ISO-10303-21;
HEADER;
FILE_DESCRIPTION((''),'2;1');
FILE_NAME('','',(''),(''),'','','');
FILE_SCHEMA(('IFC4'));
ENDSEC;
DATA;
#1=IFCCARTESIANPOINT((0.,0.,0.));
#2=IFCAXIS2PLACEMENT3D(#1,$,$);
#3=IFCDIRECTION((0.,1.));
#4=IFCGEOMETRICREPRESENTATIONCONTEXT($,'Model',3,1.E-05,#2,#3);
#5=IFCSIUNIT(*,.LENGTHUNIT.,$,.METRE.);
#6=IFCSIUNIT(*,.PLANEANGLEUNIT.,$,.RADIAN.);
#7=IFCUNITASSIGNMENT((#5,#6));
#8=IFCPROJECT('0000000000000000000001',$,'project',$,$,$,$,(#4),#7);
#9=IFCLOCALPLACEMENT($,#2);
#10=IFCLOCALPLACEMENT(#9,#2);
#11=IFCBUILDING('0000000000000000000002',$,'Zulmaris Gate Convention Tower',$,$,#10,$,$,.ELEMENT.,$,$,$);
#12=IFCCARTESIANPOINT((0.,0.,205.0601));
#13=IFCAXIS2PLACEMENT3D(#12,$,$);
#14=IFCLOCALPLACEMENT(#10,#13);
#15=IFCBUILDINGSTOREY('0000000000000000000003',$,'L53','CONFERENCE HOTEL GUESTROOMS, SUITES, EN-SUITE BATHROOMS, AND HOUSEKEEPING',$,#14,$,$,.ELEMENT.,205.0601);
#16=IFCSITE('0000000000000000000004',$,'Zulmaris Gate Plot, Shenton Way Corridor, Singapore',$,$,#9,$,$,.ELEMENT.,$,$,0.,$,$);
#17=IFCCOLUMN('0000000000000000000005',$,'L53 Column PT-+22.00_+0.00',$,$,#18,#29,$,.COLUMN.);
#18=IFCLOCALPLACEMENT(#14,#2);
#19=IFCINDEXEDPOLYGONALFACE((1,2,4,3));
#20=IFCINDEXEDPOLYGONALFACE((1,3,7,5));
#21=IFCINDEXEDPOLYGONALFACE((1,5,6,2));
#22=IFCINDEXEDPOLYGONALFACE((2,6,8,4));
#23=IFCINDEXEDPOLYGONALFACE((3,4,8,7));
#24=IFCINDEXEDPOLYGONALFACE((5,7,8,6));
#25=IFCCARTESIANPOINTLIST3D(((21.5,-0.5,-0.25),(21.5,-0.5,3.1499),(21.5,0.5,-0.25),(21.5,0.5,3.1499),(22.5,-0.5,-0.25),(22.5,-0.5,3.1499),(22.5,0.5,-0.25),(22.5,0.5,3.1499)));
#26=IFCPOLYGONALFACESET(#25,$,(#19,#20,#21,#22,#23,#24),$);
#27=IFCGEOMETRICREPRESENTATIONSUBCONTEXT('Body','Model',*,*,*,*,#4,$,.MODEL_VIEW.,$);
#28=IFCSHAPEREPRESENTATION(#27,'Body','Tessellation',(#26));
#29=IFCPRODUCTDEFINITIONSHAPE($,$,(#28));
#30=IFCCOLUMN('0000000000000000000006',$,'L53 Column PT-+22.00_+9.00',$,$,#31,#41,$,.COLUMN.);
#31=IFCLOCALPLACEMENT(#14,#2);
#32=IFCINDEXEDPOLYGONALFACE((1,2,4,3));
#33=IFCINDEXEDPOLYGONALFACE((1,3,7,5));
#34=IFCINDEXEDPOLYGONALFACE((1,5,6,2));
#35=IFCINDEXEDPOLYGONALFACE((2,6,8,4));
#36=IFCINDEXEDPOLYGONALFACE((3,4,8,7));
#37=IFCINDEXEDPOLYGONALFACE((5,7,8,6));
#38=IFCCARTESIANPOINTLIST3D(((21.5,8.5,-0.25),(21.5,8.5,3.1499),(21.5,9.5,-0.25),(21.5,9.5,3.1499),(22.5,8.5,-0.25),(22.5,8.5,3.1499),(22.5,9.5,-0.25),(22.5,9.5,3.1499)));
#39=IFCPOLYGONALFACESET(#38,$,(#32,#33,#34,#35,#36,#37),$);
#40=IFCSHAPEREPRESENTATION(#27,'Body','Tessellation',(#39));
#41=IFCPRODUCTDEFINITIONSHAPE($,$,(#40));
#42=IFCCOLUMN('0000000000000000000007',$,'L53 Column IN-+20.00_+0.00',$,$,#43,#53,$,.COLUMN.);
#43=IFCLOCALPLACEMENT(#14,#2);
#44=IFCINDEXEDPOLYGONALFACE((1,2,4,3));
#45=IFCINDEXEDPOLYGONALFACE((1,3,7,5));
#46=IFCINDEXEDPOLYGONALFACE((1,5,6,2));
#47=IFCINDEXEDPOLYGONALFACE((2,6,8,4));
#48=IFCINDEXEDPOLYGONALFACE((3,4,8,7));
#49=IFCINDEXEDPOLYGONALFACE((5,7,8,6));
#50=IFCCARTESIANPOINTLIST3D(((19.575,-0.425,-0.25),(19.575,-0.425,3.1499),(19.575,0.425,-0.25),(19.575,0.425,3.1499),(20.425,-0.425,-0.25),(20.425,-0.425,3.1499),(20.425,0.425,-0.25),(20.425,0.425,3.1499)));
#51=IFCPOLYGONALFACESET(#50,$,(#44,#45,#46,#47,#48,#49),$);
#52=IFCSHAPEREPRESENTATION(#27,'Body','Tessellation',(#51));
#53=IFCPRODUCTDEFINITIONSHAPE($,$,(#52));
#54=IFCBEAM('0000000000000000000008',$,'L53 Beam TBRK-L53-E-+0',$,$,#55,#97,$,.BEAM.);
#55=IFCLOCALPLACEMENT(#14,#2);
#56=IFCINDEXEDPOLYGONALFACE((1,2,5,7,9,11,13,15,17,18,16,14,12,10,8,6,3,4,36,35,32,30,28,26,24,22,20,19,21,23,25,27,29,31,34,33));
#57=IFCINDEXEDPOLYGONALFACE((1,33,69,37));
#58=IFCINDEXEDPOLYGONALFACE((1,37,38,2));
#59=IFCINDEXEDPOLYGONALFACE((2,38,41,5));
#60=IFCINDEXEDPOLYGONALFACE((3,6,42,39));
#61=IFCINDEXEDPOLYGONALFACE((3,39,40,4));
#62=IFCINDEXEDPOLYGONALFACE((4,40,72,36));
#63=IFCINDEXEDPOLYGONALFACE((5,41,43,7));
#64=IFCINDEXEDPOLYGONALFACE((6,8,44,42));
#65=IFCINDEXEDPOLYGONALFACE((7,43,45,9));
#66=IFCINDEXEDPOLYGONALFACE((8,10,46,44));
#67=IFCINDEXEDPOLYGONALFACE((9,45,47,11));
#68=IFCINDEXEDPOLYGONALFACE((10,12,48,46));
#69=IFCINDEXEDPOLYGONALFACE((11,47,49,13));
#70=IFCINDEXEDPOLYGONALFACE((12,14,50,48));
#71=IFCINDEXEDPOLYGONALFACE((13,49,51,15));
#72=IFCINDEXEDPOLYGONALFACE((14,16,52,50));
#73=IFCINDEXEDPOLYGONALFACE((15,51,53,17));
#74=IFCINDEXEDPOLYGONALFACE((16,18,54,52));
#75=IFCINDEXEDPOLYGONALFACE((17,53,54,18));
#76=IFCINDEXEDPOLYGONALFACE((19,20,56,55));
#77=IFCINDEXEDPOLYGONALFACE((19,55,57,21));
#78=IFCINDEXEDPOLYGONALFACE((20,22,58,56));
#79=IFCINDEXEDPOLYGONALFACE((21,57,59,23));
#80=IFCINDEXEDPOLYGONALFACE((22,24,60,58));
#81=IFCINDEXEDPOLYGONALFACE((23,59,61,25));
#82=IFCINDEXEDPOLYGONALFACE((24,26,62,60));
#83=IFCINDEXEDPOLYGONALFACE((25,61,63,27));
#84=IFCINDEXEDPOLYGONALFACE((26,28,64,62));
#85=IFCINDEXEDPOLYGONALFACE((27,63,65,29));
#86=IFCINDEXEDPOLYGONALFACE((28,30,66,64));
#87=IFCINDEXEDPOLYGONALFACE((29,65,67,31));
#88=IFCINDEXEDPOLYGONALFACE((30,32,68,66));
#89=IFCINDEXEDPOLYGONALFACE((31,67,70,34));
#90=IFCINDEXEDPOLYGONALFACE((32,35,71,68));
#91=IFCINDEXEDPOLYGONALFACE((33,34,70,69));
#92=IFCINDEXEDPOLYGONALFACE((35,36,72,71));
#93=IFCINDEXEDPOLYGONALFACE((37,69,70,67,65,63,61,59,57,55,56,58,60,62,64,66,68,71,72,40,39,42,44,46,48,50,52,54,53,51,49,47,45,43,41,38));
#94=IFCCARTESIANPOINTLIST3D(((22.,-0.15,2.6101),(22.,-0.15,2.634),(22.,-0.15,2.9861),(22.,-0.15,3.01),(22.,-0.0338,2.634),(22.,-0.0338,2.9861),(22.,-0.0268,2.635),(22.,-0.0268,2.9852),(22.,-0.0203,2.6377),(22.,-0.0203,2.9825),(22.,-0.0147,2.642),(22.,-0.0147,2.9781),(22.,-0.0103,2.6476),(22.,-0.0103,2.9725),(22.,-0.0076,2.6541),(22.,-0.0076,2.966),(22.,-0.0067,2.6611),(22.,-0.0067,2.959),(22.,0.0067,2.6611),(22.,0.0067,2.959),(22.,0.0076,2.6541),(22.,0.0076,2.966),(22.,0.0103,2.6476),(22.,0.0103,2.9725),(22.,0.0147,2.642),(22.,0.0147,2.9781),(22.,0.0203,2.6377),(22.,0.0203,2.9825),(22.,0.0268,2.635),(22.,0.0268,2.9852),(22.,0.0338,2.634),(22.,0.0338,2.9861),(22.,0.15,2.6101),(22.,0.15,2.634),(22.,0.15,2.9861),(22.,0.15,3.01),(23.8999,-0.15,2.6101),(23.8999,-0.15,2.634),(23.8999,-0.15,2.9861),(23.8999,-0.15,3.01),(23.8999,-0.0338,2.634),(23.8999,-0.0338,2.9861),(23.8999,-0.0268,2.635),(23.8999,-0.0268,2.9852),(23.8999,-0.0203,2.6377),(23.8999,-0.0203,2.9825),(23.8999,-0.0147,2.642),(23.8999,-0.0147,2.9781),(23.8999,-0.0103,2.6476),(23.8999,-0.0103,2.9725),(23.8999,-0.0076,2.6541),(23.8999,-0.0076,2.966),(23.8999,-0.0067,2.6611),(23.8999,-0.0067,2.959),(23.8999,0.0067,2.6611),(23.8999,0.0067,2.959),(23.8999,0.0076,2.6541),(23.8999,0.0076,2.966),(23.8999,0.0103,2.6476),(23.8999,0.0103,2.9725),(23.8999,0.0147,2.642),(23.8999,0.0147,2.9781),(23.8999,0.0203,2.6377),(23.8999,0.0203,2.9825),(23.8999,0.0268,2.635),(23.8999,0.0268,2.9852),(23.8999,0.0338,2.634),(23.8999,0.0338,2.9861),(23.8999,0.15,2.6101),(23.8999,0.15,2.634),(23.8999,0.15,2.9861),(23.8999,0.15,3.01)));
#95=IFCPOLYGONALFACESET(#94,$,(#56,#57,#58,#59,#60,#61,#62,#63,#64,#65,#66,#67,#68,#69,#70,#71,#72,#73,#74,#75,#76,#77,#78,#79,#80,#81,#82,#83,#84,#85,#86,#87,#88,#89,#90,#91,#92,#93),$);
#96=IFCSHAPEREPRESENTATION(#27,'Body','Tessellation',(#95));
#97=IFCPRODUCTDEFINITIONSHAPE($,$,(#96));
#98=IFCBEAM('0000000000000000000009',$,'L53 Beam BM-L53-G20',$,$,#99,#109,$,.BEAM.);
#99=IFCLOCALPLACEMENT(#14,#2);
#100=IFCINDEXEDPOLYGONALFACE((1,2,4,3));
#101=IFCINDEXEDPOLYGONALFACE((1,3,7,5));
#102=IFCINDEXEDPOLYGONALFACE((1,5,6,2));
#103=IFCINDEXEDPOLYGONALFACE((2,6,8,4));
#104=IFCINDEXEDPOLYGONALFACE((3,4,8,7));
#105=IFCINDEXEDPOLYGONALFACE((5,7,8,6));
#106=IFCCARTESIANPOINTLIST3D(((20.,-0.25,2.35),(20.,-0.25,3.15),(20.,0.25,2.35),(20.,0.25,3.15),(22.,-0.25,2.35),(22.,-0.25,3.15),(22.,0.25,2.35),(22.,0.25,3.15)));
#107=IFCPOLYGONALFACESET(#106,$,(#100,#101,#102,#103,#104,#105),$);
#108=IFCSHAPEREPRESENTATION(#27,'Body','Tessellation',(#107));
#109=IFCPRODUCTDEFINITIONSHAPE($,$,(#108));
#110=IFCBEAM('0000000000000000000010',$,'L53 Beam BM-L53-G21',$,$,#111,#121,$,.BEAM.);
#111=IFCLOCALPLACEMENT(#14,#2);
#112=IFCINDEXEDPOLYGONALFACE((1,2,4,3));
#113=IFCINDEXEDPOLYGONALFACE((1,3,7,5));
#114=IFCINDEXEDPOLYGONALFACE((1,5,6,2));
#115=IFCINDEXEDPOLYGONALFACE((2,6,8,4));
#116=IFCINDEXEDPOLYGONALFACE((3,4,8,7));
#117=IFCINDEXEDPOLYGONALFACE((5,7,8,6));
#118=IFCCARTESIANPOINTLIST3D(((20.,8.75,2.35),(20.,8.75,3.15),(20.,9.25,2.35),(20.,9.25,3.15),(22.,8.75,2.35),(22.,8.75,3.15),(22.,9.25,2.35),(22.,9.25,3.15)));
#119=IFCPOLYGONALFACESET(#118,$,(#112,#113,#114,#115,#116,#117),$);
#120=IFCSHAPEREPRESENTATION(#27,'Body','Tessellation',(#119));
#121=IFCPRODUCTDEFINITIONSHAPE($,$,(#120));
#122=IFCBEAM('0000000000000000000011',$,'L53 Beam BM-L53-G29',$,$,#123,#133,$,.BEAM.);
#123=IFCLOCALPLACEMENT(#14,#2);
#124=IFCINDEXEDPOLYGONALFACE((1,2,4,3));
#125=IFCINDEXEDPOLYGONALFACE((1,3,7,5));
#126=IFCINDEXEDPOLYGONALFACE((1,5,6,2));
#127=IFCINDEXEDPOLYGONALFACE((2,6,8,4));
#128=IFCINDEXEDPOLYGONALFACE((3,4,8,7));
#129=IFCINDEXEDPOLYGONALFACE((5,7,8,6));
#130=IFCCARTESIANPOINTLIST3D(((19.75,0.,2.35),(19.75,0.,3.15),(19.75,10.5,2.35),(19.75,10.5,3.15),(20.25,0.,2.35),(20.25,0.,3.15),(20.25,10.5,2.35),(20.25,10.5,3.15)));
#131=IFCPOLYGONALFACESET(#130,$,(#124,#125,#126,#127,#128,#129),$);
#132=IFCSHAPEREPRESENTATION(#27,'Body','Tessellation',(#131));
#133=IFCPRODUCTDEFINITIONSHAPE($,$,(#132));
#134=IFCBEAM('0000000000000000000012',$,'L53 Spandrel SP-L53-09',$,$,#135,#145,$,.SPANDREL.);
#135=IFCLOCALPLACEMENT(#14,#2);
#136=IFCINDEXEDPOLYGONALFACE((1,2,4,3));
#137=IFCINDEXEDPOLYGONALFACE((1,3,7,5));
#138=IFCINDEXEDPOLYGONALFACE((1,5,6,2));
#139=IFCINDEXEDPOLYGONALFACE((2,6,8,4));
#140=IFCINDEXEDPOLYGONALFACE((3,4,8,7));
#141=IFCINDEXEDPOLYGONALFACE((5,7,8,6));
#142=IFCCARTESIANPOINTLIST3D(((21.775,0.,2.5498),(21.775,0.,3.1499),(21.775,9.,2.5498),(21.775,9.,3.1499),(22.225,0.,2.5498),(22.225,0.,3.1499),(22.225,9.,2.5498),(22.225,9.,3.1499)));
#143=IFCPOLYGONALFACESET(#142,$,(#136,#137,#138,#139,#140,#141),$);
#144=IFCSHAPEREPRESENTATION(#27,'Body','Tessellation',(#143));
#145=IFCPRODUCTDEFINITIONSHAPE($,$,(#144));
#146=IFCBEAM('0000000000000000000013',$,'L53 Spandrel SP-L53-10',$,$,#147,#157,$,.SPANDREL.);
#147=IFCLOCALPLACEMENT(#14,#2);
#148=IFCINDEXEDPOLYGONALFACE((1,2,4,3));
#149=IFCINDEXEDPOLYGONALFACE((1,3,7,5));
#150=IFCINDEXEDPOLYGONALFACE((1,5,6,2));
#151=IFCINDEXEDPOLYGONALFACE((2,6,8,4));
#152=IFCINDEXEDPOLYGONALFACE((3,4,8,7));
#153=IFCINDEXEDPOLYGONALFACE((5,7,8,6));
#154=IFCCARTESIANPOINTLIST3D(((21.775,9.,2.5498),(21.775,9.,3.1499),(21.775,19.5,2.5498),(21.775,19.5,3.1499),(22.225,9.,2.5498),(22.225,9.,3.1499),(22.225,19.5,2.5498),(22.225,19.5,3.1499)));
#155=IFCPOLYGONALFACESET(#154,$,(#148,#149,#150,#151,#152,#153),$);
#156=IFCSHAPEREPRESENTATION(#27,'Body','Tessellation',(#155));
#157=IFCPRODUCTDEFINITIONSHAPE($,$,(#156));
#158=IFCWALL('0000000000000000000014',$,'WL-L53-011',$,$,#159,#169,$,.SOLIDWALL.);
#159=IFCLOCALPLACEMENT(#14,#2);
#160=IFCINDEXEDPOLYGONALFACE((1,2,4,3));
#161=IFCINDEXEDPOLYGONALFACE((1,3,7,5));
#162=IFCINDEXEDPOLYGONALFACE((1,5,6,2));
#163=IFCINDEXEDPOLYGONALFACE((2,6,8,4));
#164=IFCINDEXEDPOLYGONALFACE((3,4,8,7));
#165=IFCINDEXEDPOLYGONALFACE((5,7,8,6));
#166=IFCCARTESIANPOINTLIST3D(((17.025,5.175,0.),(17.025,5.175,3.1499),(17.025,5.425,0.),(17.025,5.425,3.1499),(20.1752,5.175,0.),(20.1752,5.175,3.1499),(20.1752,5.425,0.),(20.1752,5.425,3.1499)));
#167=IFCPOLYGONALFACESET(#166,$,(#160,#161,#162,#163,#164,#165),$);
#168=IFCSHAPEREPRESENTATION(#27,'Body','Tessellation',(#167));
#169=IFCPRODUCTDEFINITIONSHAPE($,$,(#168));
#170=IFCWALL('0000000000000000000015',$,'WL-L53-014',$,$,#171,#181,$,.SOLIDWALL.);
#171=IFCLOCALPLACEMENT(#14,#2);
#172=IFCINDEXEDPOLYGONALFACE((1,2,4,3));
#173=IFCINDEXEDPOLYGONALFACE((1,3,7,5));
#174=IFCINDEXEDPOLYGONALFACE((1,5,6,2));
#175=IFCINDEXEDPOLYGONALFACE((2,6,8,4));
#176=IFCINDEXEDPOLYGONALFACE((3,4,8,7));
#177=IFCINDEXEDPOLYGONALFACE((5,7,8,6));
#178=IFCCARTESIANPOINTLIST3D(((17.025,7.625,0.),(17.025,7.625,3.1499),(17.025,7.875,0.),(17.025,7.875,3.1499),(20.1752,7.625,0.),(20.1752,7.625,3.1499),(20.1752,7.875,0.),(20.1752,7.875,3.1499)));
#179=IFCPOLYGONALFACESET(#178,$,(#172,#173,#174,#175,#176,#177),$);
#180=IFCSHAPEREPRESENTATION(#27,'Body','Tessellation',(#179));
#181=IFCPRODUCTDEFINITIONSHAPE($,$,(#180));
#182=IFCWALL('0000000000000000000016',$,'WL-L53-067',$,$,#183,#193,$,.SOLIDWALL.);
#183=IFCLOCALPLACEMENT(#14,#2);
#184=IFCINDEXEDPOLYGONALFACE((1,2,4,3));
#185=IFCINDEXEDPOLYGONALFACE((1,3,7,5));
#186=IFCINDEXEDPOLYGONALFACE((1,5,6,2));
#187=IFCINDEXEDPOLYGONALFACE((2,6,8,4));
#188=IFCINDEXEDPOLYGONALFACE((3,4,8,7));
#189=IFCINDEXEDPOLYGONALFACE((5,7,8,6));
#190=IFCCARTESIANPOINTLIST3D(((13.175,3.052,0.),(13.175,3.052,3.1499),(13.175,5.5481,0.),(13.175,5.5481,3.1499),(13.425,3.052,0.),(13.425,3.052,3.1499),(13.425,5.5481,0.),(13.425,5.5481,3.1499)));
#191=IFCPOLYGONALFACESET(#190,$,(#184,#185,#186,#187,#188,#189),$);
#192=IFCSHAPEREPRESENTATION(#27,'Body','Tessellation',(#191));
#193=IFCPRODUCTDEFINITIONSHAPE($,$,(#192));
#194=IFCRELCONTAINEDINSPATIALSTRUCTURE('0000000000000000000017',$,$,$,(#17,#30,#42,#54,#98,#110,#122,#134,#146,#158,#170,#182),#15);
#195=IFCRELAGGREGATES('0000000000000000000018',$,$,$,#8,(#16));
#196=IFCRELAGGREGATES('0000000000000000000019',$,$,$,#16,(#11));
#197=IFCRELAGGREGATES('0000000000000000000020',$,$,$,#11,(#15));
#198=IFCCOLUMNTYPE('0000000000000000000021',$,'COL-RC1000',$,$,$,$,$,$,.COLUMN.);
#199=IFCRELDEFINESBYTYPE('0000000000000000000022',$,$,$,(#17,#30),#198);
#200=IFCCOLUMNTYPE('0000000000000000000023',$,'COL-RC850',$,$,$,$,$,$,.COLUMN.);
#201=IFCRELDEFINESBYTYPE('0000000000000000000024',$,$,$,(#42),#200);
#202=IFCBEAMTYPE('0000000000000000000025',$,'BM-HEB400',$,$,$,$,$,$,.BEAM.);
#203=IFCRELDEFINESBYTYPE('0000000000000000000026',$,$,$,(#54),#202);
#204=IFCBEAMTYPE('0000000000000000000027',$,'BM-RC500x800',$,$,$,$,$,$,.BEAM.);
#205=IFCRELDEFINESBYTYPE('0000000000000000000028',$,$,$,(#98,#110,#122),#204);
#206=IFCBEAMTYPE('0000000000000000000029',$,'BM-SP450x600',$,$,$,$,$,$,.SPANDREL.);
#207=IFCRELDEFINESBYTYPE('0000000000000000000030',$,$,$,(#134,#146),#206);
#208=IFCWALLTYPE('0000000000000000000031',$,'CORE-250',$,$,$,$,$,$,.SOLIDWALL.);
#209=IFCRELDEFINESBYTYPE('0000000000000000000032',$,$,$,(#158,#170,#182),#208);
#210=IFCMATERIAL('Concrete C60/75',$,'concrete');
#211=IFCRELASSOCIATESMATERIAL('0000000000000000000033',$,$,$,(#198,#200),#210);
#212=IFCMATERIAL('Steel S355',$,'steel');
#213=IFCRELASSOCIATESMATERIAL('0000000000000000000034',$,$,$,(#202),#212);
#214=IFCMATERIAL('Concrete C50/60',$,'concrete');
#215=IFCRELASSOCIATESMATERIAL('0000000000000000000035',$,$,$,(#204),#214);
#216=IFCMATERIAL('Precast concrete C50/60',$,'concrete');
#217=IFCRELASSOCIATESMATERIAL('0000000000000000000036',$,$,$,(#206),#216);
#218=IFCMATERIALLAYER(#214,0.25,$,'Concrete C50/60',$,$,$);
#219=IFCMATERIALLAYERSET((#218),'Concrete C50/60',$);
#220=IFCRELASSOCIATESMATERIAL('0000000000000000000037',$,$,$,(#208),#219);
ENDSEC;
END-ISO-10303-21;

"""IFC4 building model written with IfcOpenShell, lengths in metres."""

from ifc_helpers import new_model, si_unit, direction, frame, frame_2d, origin, origin_2d, place, context, subcontext, project, spatial, rectangle, i_section, extrude, material, layer, layer_set, material_profile, profile_set, type_object, element, save


model = new_model("IFC4")

# Units and contexts
model_context = context("Model", 3, precision=1e-05, world=origin(), true_north=direction((0.0, 1.0)))
body_context = subcontext(model_context, "Body", "Model", "MODEL_VIEW")
ifc_project = project(units=[si_unit("LENGTHUNIT", "METRE"), si_unit("PLANEANGLEUNIT", "RADIAN")], contexts=[model_context])

# Site, building, storey
site_placement = place(None, origin())
site = spatial("IfcSite", under=ifc_project, at=site_placement, Name="Zulmaris Gate Plot, Shenton Way Corridor, Singapore", CompositionType="ELEMENT", RefElevation=0.0)
building_placement = place(site_placement, origin())
building = spatial("IfcBuilding", under=site, at=building_placement, Name="Zulmaris Gate Convention Tower", CompositionType="ELEMENT")
storey_placement = place(building_placement, frame((0.0, 0.0, 205.0601)))
storey = spatial("IfcBuildingStorey", under=building, at=storey_placement, Name="L53", Description="CONFERENCE HOTEL GUESTROOMS, SUITES, EN-SUITE BATHROOMS, AND HOUSEKEEPING", CompositionType="ELEMENT", Elevation=205.0601)

# Columns
ifc_material_1 = material(Name="Concrete C60/75", Category="concrete")
ifc_material_profile_1 = material_profile(ifc_material_1, rectangle(XDim=1.0, YDim=1.0, at=origin_2d()), Name="RC COL 1000x1000")
ifc_profile_set_1 = profile_set([ifc_material_profile_1], Name="Concrete C60/75")
column_type_1 = type_object("IfcColumnType", Name="COL-RC1000", PredefinedType="COLUMN", material=ifc_profile_set_1)
for number, where, z_axis, x_axis, name in (
    (1, (22.0, 0.0, -0.25), (0.0, 0.0, 1.0), (1.0, 0.0, 0.0), "L53 Column PT-+22.00_+0.00"),
    (2, (22.0, 9.0, -0.25), (0.0, 0.0, 1.0), (1.0, 0.0, 0.0), "L53 Column PT-+22.00_+9.00"),
):
    element("IfcColumn", number, at=place(storey_placement, frame(where, z_axis=z_axis, x_axis=x_axis)), inside=storey, type_object=column_type_1, Name=name, PredefinedType="COLUMN", context=body_context, shape_type="SweptSolid", body=[
        extrude(rectangle(XDim=1.0, YDim=1.0, at=origin_2d()), origin(), (0.0, 0.0, 1.0), 3.3999),
    ])
ifc_material_profile_2 = material_profile(ifc_material_1, rectangle(XDim=0.8501, YDim=0.8501, at=origin_2d()), Name="RC COL 850x850")
ifc_profile_set_2 = profile_set([ifc_material_profile_2], Name="Concrete C60/75")
column_type_2 = type_object("IfcColumnType", Name="COL-RC850", PredefinedType="COLUMN", material=ifc_profile_set_2)
column_placement = place(storey_placement, frame((20.0, 0.0, -0.25), z_axis=(0.0, 0.0, 1.0), x_axis=(1.0, 0.0, 0.0)))
element("IfcColumn", 3, at=column_placement, inside=storey, type_object=column_type_2, Name="L53 Column IN-+20.00_+0.00", PredefinedType="COLUMN", context=body_context, shape_type="SweptSolid", body=[
    extrude(rectangle(XDim=0.8501, YDim=0.8501, at=origin_2d()), origin(), (0.0, 0.0, 1.0), 3.3999),
])

# Beams
ifc_material_2 = material(Name="Steel S355", Category="steel")
ifc_material_profile_3 = material_profile(ifc_material_2, i_section(OverallWidth=0.3, OverallDepth=0.3999, WebThickness=0.0134, FlangeThickness=0.0239, FilletRadius=0.0271, at=origin_2d()), Name="HEB 400")
ifc_profile_set_3 = profile_set([ifc_material_profile_3], Name="Steel S355")
beam_type_1 = type_object("IfcBeamType", Name="BM-HEB400", PredefinedType="BEAM", material=ifc_profile_set_3)
beam_1_placement = place(storey_placement, frame((22.0, 0.0, 2.8101), z_axis=(1.0, 0.0, 0.0), x_axis=(0.0, 1.0, 0.0)))
element("IfcBeam", 4, at=beam_1_placement, inside=storey, type_object=beam_type_1, Name="L53 Beam TBRK-L53-E-+0", PredefinedType="BEAM", context=body_context, shape_type="SweptSolid", body=[
    extrude(i_section(OverallWidth=0.3, OverallDepth=0.3999, WebThickness=0.0134, FlangeThickness=0.0239, FilletRadius=0.0271, at=origin_2d()), origin(), (0.0, 0.0, 1.0), 1.8999),
])
ifc_material_3 = material(Name="Concrete C50/60", Category="concrete")
ifc_material_profile_4 = material_profile(ifc_material_3, rectangle(XDim=0.5, YDim=0.8, at=origin_2d()), Name="RC BEAM 500x800")
ifc_profile_set_4 = profile_set([ifc_material_profile_4], Name="Concrete C50/60")
beam_type_2 = type_object("IfcBeamType", Name="BM-RC500x800", PredefinedType="BEAM", material=ifc_profile_set_4)
for number, where, z_axis, x_axis, name in (
    (5, (20.0, 0.0, 2.75), (1.0, 0.0, 0.0), (0.0, 1.0, 0.0), "L53 Beam BM-L53-G20"),
    (6, (20.0, 9.0, 2.75), (1.0, 0.0, 0.0), (0.0, 1.0, 0.0), "L53 Beam BM-L53-G21"),
):
    element("IfcBeam", number, at=place(storey_placement, frame(where, z_axis=z_axis, x_axis=x_axis)), inside=storey, type_object=beam_type_2, Name=name, PredefinedType="BEAM", context=body_context, shape_type="SweptSolid", body=[
        extrude(rectangle(XDim=0.5, YDim=0.8, at=origin_2d()), origin(), (0.0, 0.0, 1.0), 2.0),
    ])
beam_2_placement = place(storey_placement, frame((20.0, 0.0, 2.75), z_axis=(0.0, 1.0, 0.0), x_axis=(-1.0, 0.0, 0.0)))
element("IfcBeam", 7, at=beam_2_placement, inside=storey, type_object=beam_type_2, Name="L53 Beam BM-L53-G29", PredefinedType="BEAM", context=body_context, shape_type="SweptSolid", body=[
    extrude(rectangle(XDim=0.5, YDim=0.8, at=origin_2d()), origin(), (0.0, 0.0, 1.0), 10.5),
])
ifc_material_4 = material(Name="Precast concrete C50/60", Category="concrete")
ifc_material_profile_5 = material_profile(ifc_material_4, rectangle(XDim=0.45, YDim=0.6001, at=origin_2d()), Name="RC SPANDREL 450x600")
ifc_profile_set_5 = profile_set([ifc_material_profile_5], Name="Precast concrete C50/60")
beam_type_3 = type_object("IfcBeamType", Name="BM-SP450x600", PredefinedType="SPANDREL", material=ifc_profile_set_5)
beam_3_placement = place(storey_placement, frame((22.0, 0.0, 2.8499), z_axis=(0.0, 1.0, 0.0), x_axis=(-1.0, 0.0, 0.0)))
element("IfcBeam", 8, at=beam_3_placement, inside=storey, type_object=beam_type_3, Name="L53 Spandrel SP-L53-09", PredefinedType="SPANDREL", context=body_context, shape_type="SweptSolid", body=[
    extrude(rectangle(XDim=0.45, YDim=0.6001, at=origin_2d()), origin(), (0.0, 0.0, 1.0), 9.0),
])
beam_4_placement = place(storey_placement, frame((22.0, 9.0, 2.8499), z_axis=(0.0, 1.0, 0.0), x_axis=(-1.0, 0.0, 0.0)))
element("IfcBeam", 9, at=beam_4_placement, inside=storey, type_object=beam_type_3, Name="L53 Spandrel SP-L53-10", PredefinedType="SPANDREL", context=body_context, shape_type="SweptSolid", body=[
    extrude(rectangle(XDim=0.45, YDim=0.6001, at=origin_2d()), origin(), (0.0, 0.0, 1.0), 10.5),
])

# Walls
ifc_layer_1 = layer(ifc_material_3, 0.25, Name="Concrete C50/60")
ifc_layer_set_1 = layer_set([ifc_layer_1], Name="Concrete C50/60")
wall_type_1 = type_object("IfcWallType", Name="CORE-250", PredefinedType="SOLIDWALL", material=ifc_layer_set_1)
for number, where, z_axis, x_axis, name in (
    (10, (17.0249, 5.3, 0.0), (0.0, 0.0, 1.0), (1.0, 0.0, 0.0), "WL-L53-011"),
    (11, (17.0249, 7.75, 0.0), (0.0, 0.0, 1.0), (1.0, 0.0, 0.0), "WL-L53-014"),
):
    element("IfcWall", number, at=place(storey_placement, frame(where, z_axis=z_axis, x_axis=x_axis)), inside=storey, type_object=wall_type_1, Name=name, PredefinedType="SOLIDWALL", context=body_context, shape_type="SweptSolid", body=[
        extrude(rectangle(XDim=3.1501, YDim=0.25, at=frame_2d((1.5752, 0.0))), origin(), (0.0, 0.0, 1.0), 3.1499),
    ])
wall_1_placement = place(storey_placement, frame((13.3, 3.052, 0.0), z_axis=(0.0, 0.0, 1.0), x_axis=(0.0, 1.0, 0.0)))
element("IfcWall", 12, at=wall_1_placement, inside=storey, type_object=wall_type_1, Name="WL-L53-067", PredefinedType="SOLIDWALL", context=body_context, shape_type="SweptSolid", body=[
    extrude(rectangle(XDim=2.4961, YDim=0.25, at=frame_2d((1.248, 0.0))), origin(), (0.0, 0.0, 1.0), 3.1499),
])

save(model, "model.ifc")
